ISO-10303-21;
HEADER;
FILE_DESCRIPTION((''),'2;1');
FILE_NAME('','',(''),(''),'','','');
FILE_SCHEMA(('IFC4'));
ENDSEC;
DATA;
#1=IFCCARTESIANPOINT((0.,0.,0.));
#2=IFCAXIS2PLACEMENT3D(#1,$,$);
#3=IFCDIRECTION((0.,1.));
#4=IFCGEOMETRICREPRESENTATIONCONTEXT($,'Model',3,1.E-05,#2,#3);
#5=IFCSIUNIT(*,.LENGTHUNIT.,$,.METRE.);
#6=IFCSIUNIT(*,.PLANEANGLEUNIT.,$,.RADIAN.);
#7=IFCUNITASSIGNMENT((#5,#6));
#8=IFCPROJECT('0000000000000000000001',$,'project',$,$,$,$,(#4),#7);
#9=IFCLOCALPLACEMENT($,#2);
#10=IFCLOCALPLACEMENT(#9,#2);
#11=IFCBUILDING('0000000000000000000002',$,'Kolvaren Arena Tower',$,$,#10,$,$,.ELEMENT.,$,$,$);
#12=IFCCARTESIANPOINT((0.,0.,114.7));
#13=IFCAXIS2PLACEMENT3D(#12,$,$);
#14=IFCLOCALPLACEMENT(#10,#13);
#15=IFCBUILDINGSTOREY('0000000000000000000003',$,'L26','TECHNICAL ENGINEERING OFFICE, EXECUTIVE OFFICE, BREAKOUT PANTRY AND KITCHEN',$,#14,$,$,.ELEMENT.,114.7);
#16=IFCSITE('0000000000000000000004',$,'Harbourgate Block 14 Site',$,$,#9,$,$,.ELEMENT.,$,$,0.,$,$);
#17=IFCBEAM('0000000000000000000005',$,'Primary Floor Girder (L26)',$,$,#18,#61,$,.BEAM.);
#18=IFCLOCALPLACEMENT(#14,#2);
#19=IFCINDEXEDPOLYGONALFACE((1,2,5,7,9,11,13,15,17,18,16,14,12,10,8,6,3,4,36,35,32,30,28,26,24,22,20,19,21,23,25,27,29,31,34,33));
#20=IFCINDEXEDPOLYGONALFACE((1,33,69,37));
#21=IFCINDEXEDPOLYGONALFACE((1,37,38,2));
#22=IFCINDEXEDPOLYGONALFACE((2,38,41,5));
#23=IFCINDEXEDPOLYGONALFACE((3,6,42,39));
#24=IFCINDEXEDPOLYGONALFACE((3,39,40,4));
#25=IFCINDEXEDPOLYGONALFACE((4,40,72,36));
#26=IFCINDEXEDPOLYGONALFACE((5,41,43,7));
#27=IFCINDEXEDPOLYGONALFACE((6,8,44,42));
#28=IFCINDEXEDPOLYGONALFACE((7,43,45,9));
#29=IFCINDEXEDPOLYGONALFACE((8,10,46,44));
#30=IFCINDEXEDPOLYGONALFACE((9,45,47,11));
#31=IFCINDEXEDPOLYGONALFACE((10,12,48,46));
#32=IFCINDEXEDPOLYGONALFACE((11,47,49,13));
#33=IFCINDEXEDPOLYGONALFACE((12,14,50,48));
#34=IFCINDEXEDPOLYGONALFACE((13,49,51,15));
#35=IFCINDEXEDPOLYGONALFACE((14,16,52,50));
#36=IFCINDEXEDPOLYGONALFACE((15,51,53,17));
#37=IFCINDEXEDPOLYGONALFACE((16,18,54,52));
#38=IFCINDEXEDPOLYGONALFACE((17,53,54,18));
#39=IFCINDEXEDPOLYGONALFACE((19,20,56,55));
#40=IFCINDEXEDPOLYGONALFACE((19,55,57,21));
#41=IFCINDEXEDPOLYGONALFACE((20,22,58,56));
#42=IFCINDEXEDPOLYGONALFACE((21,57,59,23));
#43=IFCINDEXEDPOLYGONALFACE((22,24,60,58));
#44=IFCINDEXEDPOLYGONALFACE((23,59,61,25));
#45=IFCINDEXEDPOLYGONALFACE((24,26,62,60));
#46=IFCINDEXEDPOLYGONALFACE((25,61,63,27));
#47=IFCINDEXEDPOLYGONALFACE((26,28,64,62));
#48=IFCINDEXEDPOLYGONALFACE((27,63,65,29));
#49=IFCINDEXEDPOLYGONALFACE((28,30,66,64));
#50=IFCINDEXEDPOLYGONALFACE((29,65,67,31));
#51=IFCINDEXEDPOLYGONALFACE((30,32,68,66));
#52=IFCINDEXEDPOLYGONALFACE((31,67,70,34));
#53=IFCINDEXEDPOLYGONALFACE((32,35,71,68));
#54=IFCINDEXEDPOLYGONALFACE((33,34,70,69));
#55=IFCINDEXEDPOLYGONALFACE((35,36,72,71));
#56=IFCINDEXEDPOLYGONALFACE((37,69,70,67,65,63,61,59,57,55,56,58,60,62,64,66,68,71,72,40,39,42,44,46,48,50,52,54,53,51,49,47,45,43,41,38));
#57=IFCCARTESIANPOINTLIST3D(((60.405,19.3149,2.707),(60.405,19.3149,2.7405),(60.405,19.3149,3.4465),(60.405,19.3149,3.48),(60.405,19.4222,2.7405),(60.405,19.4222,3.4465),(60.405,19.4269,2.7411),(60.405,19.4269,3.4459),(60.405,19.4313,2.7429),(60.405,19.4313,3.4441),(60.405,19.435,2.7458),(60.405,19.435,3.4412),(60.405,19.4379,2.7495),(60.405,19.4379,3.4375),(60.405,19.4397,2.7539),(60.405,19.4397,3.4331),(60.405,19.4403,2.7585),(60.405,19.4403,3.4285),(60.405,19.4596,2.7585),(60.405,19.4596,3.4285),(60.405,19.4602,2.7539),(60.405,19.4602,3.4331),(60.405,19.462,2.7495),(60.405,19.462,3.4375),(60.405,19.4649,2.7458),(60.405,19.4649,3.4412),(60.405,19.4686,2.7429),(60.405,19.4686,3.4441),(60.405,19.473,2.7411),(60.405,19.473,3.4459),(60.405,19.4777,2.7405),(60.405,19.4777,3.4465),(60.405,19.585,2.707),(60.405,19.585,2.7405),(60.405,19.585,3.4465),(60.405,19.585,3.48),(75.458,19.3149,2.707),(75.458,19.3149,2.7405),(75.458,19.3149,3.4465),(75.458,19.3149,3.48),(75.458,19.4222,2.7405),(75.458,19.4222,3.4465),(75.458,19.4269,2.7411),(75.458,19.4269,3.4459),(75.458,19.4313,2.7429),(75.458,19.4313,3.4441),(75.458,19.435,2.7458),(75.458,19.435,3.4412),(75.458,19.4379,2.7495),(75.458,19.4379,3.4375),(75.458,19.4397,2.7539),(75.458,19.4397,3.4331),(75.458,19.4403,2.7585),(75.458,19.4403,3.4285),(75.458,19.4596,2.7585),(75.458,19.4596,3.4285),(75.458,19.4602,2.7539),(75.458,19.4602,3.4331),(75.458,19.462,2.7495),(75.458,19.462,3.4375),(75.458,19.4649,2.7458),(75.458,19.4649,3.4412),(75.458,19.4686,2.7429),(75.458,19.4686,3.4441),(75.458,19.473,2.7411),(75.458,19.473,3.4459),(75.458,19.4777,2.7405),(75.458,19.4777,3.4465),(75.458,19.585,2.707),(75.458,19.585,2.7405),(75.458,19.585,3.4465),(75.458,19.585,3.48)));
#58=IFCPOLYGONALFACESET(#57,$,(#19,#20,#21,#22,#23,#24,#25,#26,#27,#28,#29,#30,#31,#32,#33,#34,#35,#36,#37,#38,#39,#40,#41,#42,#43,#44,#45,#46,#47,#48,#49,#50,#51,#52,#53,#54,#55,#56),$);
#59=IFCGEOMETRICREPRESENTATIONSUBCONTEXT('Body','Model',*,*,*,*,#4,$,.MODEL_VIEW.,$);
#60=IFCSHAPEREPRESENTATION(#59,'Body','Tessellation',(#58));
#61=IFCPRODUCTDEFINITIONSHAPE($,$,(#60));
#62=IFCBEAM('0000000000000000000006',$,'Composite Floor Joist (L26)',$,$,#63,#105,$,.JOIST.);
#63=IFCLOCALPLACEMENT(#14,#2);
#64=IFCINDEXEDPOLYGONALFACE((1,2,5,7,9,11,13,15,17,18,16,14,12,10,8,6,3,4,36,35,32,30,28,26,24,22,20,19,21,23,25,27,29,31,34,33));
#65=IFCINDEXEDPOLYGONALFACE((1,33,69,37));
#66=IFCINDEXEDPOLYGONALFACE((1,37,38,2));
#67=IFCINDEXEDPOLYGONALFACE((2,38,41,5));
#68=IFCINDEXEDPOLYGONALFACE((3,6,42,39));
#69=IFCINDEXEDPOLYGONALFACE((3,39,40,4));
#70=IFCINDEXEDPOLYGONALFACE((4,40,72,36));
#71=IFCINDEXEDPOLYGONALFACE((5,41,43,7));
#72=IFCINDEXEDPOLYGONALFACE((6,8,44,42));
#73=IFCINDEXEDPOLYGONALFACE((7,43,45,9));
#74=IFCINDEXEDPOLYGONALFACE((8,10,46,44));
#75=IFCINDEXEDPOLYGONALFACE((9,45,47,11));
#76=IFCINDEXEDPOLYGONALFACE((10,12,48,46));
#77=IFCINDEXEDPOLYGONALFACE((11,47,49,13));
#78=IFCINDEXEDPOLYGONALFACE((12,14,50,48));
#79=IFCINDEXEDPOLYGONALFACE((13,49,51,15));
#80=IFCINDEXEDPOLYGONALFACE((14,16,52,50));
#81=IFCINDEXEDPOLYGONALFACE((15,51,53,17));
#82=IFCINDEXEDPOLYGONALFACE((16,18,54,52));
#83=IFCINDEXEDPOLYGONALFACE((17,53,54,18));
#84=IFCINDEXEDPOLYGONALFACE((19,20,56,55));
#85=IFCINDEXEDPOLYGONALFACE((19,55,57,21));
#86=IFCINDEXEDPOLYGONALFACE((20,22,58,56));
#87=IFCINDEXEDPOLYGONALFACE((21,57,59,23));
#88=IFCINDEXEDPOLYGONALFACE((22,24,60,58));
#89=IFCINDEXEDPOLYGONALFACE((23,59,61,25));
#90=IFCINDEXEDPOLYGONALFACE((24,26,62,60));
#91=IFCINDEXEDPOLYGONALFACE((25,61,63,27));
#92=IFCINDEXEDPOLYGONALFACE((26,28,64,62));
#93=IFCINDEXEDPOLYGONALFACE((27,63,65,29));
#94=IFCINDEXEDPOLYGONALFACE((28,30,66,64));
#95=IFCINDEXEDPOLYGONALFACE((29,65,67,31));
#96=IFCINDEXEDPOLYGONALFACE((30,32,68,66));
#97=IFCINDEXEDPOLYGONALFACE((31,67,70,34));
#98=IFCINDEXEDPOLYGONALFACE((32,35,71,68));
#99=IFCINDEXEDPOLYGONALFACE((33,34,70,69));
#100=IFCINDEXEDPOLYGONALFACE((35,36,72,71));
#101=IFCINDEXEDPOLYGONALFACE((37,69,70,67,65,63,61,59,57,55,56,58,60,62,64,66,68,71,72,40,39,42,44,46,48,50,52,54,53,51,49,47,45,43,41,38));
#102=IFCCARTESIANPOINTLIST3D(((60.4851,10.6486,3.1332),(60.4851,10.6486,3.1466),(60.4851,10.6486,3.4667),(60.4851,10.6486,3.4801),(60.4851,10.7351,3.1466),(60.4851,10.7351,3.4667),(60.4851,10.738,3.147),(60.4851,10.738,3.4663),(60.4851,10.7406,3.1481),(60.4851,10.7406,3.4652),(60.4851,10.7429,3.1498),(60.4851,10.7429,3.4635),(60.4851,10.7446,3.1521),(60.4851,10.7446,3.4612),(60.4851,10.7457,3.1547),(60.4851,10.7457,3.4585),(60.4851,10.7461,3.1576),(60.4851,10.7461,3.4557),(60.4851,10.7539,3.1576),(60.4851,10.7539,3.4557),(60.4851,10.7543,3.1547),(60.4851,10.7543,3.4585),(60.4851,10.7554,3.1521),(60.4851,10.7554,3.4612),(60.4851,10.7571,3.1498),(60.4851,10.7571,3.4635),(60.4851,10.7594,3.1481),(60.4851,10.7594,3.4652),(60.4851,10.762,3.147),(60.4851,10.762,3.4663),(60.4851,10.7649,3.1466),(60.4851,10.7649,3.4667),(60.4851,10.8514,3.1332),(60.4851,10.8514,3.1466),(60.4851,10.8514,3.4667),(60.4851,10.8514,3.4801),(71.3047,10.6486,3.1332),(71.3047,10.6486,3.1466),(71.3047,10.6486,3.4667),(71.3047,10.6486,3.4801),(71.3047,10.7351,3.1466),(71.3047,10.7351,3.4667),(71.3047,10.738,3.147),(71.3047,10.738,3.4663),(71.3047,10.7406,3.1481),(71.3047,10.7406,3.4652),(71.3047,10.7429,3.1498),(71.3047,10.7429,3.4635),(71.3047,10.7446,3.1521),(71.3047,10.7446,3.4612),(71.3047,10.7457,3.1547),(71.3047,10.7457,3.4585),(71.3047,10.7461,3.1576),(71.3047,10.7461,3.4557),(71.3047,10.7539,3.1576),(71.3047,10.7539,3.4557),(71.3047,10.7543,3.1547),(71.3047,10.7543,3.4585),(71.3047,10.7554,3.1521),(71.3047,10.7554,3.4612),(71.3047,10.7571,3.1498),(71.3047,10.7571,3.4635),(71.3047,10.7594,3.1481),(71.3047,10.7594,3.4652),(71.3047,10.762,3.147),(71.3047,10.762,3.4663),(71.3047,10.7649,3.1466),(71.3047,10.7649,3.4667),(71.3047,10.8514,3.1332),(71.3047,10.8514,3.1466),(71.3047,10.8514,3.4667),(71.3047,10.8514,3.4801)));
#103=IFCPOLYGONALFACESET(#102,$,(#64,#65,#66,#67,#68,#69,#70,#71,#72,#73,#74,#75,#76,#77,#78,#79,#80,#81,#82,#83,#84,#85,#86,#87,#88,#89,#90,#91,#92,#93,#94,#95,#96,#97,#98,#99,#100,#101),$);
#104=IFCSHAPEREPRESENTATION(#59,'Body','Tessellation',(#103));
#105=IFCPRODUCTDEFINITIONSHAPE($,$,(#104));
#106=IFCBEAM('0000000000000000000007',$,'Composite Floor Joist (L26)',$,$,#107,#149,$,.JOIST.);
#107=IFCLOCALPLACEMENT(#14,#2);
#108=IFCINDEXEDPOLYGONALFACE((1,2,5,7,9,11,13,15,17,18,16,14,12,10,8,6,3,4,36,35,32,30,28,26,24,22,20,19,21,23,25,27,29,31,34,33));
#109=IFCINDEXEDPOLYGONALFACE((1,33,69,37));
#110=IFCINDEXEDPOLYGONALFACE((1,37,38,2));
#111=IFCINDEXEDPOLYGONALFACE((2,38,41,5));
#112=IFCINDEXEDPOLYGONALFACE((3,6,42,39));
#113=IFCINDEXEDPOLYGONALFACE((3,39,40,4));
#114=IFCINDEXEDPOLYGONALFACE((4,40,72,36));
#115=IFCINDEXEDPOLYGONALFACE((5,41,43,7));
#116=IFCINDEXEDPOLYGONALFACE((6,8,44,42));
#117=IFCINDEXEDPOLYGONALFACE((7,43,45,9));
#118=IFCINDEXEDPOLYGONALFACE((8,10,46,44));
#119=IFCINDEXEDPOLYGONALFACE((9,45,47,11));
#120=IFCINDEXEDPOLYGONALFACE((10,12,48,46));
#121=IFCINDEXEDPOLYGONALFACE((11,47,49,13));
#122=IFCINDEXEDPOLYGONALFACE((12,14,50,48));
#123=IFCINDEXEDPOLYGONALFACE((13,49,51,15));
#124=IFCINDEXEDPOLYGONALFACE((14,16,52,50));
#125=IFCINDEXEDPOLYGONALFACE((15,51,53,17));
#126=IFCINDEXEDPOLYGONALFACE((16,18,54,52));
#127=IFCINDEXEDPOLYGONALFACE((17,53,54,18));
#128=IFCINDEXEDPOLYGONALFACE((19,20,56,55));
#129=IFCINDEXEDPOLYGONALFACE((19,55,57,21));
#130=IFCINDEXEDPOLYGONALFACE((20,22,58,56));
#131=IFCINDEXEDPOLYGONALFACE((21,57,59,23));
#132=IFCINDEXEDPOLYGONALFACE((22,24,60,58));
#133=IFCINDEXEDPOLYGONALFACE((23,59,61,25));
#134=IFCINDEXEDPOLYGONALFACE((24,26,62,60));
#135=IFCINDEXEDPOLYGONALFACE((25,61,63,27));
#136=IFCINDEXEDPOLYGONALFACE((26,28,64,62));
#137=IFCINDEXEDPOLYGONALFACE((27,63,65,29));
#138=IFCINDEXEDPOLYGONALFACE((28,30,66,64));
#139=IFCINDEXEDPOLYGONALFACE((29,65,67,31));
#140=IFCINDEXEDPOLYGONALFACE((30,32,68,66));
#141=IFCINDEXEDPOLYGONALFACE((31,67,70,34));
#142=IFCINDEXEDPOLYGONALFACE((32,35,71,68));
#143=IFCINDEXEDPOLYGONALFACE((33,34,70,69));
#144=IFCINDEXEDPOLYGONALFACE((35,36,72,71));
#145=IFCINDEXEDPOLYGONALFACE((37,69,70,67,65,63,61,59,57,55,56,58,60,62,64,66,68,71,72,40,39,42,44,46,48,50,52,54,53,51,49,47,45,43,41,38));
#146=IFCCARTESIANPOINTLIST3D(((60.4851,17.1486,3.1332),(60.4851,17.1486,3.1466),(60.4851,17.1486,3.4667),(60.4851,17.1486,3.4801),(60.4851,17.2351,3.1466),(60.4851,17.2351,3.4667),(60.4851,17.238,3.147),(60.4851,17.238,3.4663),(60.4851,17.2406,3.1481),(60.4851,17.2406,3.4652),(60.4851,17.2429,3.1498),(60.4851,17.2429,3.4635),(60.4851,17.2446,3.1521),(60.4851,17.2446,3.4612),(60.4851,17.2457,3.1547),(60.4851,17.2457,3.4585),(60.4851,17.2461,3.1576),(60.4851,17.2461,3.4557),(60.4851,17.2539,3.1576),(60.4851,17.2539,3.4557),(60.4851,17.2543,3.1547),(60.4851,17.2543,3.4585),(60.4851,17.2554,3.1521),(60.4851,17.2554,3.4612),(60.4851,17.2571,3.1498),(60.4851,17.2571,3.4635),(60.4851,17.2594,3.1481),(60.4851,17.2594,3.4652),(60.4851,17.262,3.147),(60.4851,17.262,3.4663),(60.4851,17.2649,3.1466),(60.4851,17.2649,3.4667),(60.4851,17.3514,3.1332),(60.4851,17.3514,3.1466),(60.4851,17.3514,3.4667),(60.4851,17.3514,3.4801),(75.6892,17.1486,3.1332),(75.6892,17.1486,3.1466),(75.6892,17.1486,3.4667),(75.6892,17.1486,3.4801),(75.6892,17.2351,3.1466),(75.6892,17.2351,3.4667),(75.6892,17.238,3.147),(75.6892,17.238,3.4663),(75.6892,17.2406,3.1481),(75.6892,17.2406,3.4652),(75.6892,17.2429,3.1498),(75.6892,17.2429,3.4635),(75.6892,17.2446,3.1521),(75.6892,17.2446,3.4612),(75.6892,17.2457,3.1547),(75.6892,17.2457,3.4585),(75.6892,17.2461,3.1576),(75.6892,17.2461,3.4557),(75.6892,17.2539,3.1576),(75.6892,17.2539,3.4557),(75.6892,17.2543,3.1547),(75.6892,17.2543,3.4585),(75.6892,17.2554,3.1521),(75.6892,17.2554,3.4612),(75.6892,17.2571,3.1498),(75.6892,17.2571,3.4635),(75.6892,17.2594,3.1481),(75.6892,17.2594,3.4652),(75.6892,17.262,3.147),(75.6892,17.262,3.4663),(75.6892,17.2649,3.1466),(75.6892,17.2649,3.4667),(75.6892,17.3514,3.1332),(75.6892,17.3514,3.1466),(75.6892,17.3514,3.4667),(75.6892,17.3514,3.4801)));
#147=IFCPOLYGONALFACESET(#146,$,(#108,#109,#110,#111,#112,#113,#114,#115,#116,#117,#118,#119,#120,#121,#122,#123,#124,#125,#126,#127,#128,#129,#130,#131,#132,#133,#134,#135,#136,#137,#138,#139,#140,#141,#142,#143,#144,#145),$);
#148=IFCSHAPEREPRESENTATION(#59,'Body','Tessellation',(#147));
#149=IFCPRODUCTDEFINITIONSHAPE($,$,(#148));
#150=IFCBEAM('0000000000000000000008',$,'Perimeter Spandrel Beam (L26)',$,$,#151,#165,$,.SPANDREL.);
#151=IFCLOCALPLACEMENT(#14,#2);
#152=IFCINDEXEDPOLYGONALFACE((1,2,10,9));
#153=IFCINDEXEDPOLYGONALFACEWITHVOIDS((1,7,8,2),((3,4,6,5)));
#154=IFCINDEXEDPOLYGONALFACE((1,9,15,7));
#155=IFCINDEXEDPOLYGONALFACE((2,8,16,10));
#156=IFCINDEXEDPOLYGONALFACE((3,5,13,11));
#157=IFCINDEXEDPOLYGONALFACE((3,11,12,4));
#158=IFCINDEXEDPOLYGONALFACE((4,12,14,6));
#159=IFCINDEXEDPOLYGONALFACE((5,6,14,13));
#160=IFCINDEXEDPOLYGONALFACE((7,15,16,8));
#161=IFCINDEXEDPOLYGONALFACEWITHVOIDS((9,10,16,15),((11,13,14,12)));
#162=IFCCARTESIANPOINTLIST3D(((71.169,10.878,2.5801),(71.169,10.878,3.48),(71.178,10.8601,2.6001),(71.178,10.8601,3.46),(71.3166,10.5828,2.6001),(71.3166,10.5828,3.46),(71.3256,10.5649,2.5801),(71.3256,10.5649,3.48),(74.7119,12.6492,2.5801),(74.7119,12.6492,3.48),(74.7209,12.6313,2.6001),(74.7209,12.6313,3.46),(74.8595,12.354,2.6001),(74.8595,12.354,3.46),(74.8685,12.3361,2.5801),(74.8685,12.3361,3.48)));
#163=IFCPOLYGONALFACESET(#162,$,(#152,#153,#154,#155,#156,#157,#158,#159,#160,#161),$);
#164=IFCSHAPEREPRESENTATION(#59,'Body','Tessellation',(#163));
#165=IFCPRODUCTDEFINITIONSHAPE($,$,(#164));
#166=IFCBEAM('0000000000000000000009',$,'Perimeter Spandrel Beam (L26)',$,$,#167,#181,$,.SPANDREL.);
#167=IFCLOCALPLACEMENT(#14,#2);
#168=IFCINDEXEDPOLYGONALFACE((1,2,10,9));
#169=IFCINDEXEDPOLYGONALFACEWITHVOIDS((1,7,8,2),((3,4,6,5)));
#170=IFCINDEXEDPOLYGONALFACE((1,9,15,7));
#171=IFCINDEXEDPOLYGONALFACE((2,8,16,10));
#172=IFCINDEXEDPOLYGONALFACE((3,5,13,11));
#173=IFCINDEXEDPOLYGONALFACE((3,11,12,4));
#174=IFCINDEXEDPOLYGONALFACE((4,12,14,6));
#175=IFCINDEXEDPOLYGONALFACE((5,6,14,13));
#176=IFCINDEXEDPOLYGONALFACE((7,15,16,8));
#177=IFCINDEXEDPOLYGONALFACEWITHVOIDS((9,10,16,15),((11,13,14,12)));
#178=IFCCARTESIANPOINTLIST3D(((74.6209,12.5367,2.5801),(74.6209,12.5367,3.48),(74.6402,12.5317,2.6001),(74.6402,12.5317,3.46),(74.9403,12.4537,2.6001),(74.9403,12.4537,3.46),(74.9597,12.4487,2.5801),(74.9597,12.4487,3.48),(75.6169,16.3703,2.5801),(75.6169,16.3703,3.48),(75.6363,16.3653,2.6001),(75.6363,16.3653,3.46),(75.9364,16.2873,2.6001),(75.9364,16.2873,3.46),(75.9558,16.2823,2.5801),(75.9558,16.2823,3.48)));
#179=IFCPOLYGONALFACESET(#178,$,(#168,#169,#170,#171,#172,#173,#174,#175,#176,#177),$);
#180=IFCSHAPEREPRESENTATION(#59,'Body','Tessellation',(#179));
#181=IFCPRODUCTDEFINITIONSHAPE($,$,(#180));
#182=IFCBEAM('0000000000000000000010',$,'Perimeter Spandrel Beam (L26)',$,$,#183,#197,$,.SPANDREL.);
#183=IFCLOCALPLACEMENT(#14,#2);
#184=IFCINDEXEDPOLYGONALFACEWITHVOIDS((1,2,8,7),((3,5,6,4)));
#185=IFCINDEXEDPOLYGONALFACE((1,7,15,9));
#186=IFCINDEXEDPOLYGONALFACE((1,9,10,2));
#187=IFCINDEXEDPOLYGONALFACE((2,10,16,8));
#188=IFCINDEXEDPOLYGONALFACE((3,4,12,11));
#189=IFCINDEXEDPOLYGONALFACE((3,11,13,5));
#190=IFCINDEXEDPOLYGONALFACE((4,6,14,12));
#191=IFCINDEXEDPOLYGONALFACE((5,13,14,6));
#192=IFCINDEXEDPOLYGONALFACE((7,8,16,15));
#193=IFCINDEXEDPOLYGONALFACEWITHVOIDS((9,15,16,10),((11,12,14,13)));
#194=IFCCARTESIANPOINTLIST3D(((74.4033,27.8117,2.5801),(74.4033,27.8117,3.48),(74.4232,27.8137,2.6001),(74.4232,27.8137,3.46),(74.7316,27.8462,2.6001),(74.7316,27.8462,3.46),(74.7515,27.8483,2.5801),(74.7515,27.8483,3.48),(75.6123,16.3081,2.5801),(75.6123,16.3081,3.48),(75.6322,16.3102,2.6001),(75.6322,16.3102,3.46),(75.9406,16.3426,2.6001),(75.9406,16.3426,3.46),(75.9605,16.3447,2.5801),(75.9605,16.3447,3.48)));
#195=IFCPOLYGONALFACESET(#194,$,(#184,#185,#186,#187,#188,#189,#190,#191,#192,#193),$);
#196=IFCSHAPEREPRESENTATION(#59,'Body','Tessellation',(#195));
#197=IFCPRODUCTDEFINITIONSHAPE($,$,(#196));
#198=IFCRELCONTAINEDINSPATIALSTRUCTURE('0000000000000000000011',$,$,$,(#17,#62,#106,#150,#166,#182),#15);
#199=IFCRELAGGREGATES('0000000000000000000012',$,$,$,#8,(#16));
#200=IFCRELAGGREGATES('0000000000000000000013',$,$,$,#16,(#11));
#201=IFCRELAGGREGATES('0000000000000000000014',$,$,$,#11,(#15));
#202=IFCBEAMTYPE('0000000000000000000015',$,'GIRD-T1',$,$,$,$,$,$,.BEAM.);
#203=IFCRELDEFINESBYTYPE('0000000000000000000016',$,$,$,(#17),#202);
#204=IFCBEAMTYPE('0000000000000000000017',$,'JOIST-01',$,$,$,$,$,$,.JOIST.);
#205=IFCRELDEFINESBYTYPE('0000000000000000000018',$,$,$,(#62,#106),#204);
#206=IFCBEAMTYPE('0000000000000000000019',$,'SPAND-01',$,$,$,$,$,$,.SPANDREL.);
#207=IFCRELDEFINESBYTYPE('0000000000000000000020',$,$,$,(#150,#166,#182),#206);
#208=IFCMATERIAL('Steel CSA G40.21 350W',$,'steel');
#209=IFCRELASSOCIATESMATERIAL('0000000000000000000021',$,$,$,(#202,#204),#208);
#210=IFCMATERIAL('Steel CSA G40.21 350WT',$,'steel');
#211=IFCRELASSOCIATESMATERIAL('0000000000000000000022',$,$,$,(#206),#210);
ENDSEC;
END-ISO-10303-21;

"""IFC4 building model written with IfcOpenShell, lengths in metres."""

from ifc_helpers import new_model, si_unit, direction, frame, origin, origin_2d, place, context, subcontext, project, spatial, hollow_rectangle, i_section, extrude, material, material_profile, profile_set, type_object, element, save


model = new_model("IFC4")

# Units and contexts
model_context = context("Model", 3, precision=1e-05, world=origin(), true_north=direction((0.0, 1.0)))
body_context = subcontext(model_context, "Body", "Model", "MODEL_VIEW")
ifc_project = project(units=[si_unit("LENGTHUNIT", "METRE"), si_unit("PLANEANGLEUNIT", "RADIAN")], contexts=[model_context])

# Site, building, storey
site_placement = place(None, origin())
site = spatial("IfcSite", under=ifc_project, at=site_placement, Name="Harbourgate Block 14 Site", CompositionType="ELEMENT", RefElevation=0.0)
building_placement = place(site_placement, origin())
building = spatial("IfcBuilding", under=site, at=building_placement, Name="Kolvaren Arena Tower", CompositionType="ELEMENT")
storey_placement = place(building_placement, frame((0.0, 0.0, 114.7)))
storey = spatial("IfcBuildingStorey", under=building, at=storey_placement, Name="L26", Description="TECHNICAL ENGINEERING OFFICE, EXECUTIVE OFFICE, BREAKOUT PANTRY AND KITCHEN", CompositionType="ELEMENT", Elevation=114.7)

# Beams
ifc_material_1 = material(Name="Steel CSA G40.21 350W", Category="steel")
ifc_material_profile_1 = material_profile(ifc_material_1, i_section(OverallWidth=0.27, OverallDepth=0.7729, WebThickness=0.0193, FlangeThickness=0.0334, FilletRadius=0.0181, at=origin_2d()), Name="W760x257")
ifc_profile_set_1 = profile_set([ifc_material_profile_1], Name="Steel CSA G40.21 350W")
beam_type_1 = type_object("IfcBeamType", Name="GIRD-T1", PredefinedType="BEAM", material=ifc_profile_set_1)
beam_1_placement = place(storey_placement, frame((60.405, 19.45, 3.0935), z_axis=(1.0, 0.0, 0.0), x_axis=(0.0, 1.0, 0.0)))
element("IfcBeam", 1, at=beam_1_placement, inside=storey, type_object=beam_type_1, Name="Primary Floor Girder (L26)", PredefinedType="BEAM", context=body_context, shape_type="SweptSolid", body=[
    extrude(i_section(OverallWidth=0.27, OverallDepth=0.7729, WebThickness=0.0193, FlangeThickness=0.0334, FilletRadius=0.0181, at=origin_2d()), origin(), (0.0, 0.0, 1.0), 15.053),
])
ifc_material_profile_2 = material_profile(ifc_material_1, i_section(OverallWidth=0.2029, OverallDepth=0.3469, WebThickness=0.0078, FlangeThickness=0.0134, FilletRadius=0.011, at=origin_2d()), Name="W360x64")
ifc_profile_set_2 = profile_set([ifc_material_profile_2], Name="Steel CSA G40.21 350W")
beam_type_2 = type_object("IfcBeamType", Name="JOIST-01", PredefinedType="JOIST", material=ifc_profile_set_2)
beam_2_placement = place(storey_placement, frame((60.4851, 10.75, 3.3066), z_axis=(1.0, 0.0, 0.0), x_axis=(0.0, 1.0, 0.0)))
element("IfcBeam", 2, at=beam_2_placement, inside=storey, type_object=beam_type_2, Name="Composite Floor Joist (L26)", PredefinedType="JOIST", context=body_context, shape_type="SweptSolid", body=[
    extrude(i_section(OverallWidth=0.2029, OverallDepth=0.3469, WebThickness=0.0078, FlangeThickness=0.0134, FilletRadius=0.011, at=origin_2d()), origin(), (0.0, 0.0, 1.0), 10.8196),
])
beam_3_placement = place(storey_placement, frame((60.4851, 17.25, 3.3066), z_axis=(1.0, 0.0, 0.0), x_axis=(0.0, 1.0, 0.0)))
element("IfcBeam", 3, at=beam_3_placement, inside=storey, type_object=beam_type_2, Name="Composite Floor Joist (L26)", PredefinedType="JOIST", context=body_context, shape_type="SweptSolid", body=[
    extrude(i_section(OverallWidth=0.2029, OverallDepth=0.3469, WebThickness=0.0078, FlangeThickness=0.0134, FilletRadius=0.011, at=origin_2d()), origin(), (0.0, 0.0, 1.0), 15.2041),
])
ifc_material_2 = material(Name="Steel CSA G40.21 350WT", Category="steel")
ifc_material_profile_3 = material_profile(ifc_material_2, hollow_rectangle(XDim=0.3501, YDim=0.8999, WallThickness=0.02, at=origin_2d()), Name="HSS 900x350x20")
ifc_profile_set_3 = profile_set([ifc_material_profile_3], Name="Steel CSA G40.21 350WT")
beam_type_3 = type_object("IfcBeamType", Name="SPAND-01", PredefinedType="SPANDREL", material=ifc_profile_set_3)
for number, where, z_axis, x_axis, name in (
    (4, (71.2473, 10.7214, 3.03), (0.894452, 0.447164, 0.0), (-0.447164, 0.894452, 0.0), "Perimeter Spandrel Beam (L26)"),
    (5, (74.7903, 12.4927, 3.03), (0.251473, 0.967864, 0.0), (-0.967864, 0.251473, 0.0), "Perimeter Spandrel Beam (L26)"),
):
    element("IfcBeam", number, at=place(storey_placement, frame(where, z_axis=z_axis, x_axis=x_axis)), inside=storey, type_object=beam_type_3, Name=name, PredefinedType="SPANDREL", context=body_context, shape_type="SweptSolid", body=[
        extrude(hollow_rectangle(XDim=0.3501, YDim=0.8999, WallThickness=0.02, at=origin_2d()), origin(), (0.0, 0.0, 1.0), 3.9609),
    ])
beam_4_placement = place(storey_placement, frame((75.7864, 16.3264, 3.03), z_axis=(-0.104522, 0.994523, 0.0), x_axis=(-0.994523, -0.104522, 0.0)))
element("IfcBeam", 6, at=beam_4_placement, inside=storey, type_object=beam_type_3, Name="Perimeter Spandrel Beam (L26)", PredefinedType="SPANDREL", context=body_context, shape_type="SweptSolid", body=[
    extrude(hollow_rectangle(XDim=0.3501, YDim=0.8999, WallThickness=0.02, at=origin_2d()), origin(), (0.0, 0.0, 1.0), 11.5669),
])

save(model, "model.ifc")
